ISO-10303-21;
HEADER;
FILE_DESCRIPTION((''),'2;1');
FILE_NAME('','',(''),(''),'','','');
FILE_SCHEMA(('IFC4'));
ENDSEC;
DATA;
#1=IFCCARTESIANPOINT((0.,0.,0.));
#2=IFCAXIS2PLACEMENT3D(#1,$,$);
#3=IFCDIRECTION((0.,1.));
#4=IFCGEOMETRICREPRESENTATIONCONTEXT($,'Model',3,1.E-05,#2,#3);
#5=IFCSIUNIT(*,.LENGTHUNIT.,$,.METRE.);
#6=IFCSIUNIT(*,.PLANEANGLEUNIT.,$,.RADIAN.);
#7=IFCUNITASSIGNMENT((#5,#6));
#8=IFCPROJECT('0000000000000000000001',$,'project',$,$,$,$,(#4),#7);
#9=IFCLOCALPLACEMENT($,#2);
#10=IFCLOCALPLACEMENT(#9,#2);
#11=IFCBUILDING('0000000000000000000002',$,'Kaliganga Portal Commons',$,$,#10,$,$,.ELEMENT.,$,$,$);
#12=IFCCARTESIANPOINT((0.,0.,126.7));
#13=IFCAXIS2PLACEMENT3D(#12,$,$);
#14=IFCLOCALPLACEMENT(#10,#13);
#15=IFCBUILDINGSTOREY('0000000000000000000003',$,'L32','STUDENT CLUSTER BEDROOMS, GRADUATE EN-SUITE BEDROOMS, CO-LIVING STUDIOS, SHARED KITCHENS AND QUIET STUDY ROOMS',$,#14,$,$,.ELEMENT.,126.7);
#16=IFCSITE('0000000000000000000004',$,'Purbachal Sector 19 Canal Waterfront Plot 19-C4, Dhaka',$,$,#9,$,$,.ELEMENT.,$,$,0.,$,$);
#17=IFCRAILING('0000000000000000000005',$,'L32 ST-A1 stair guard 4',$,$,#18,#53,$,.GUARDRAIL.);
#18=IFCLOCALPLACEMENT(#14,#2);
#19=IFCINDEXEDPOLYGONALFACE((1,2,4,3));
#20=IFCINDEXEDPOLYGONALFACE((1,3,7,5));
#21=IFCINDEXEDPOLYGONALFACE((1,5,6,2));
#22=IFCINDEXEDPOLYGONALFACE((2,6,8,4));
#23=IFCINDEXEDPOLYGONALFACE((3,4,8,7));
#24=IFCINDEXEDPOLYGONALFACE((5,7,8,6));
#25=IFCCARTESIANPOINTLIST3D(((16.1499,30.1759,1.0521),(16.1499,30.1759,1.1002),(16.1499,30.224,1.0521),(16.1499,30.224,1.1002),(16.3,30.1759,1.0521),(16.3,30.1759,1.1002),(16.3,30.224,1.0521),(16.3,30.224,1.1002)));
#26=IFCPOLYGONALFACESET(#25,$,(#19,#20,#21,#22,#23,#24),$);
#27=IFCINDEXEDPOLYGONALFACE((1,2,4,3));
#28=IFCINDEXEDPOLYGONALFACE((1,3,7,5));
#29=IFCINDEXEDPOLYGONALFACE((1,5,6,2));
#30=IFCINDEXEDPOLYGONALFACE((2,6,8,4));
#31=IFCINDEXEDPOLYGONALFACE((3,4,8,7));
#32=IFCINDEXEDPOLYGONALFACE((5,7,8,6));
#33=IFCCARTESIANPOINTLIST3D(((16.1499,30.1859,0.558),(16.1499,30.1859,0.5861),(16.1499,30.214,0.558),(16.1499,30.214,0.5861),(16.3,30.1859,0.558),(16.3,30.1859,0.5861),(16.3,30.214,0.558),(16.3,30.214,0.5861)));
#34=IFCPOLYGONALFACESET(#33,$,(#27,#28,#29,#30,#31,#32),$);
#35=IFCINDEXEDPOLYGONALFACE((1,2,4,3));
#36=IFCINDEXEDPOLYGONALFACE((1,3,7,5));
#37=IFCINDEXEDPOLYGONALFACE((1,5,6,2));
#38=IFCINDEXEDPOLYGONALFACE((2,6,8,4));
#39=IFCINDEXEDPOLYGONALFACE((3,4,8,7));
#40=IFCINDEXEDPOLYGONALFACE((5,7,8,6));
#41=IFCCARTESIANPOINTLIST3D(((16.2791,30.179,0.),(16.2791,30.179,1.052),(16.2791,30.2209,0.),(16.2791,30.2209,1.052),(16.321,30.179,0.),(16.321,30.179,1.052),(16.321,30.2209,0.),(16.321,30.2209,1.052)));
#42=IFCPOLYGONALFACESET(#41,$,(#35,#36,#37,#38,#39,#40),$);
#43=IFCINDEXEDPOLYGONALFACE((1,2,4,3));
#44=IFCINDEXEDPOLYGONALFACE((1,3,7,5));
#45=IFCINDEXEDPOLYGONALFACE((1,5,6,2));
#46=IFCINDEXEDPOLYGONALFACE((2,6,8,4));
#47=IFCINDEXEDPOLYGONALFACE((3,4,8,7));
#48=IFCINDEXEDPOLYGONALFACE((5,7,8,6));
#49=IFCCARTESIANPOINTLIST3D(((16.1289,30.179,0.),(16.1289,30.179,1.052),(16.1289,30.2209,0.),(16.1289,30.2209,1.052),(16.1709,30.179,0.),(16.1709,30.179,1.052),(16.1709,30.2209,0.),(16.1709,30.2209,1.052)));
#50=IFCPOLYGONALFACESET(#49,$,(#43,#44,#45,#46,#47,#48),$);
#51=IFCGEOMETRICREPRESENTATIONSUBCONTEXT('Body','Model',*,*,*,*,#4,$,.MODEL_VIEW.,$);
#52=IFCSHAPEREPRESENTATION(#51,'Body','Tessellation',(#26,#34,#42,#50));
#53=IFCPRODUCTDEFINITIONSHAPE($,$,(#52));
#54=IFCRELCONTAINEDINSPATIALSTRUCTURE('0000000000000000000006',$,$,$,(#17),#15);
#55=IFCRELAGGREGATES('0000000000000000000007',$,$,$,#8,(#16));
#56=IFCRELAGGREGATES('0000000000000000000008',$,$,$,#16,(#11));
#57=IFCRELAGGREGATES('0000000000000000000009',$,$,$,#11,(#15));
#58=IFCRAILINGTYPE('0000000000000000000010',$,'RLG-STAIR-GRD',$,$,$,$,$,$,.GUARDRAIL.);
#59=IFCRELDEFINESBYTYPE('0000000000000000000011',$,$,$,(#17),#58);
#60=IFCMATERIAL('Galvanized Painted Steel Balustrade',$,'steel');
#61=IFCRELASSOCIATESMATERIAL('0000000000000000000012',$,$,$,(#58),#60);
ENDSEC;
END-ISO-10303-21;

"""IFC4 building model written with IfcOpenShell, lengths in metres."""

from ifc_helpers import new_model, si_unit, direction, frame, origin, origin_2d, place, context, subcontext, project, spatial, rectangle, extrude, material, type_object, element, save


model = new_model("IFC4")

# Units and contexts
model_context = context("Model", 3, precision=1e-05, world=origin(), true_north=direction((0.0, 1.0)))
body_context = subcontext(model_context, "Body", "Model", "MODEL_VIEW")
ifc_project = project(units=[si_unit("LENGTHUNIT", "METRE"), si_unit("PLANEANGLEUNIT", "RADIAN")], contexts=[model_context])

# Site, building, storey
site_placement = place(None, origin())
site = spatial("IfcSite", under=ifc_project, at=site_placement, Name="Purbachal Sector 19 Canal Waterfront Plot 19-C4, Dhaka", CompositionType="ELEMENT", RefElevation=0.0)
building_placement = place(site_placement, origin())
building = spatial("IfcBuilding", under=site, at=building_placement, Name="Kaliganga Portal Commons", CompositionType="ELEMENT")
storey_placement = place(building_placement, frame((0.0, 0.0, 126.7)))
storey = spatial("IfcBuildingStorey", under=building, at=storey_placement, Name="L32", Description="STUDENT CLUSTER BEDROOMS, GRADUATE EN-SUITE BEDROOMS, CO-LIVING STUDIOS, SHARED KITCHENS AND QUIET STUDY ROOMS", CompositionType="ELEMENT", Elevation=126.7)

# Railing
ifc_material_1 = material(Name="Galvanized Painted Steel Balustrade", Category="steel")
railing_type = type_object("IfcRailingType", Name="RLG-STAIR-GRD", PredefinedType="GUARDRAIL", material=ifc_material_1)
railing_placement = place(storey_placement, frame((16.3, 30.2, 0.0)))
element("IfcRailing", 1, at=railing_placement, inside=storey, type_object=railing_type, Name="L32 ST-A1 stair guard 4", PredefinedType="GUARDRAIL", context=body_context, shape_type="SweptSolid", body=[
    extrude(rectangle(XDim=0.0481, YDim=0.0481, at=origin_2d()), frame((0.0, 0.0, 1.0762), z_axis=(-1.0, 0.0, 0.0), x_axis=(0.0, -1.0, 0.0)), (0.0, 0.0, 1.0), 0.1501),
    extrude(rectangle(XDim=0.0281, YDim=0.0281, at=origin_2d()), frame((0.0, 0.0, 0.572), z_axis=(-1.0, 0.0, 0.0), x_axis=(0.0, -1.0, 0.0)), (0.0, 0.0, 1.0), 0.1501),
    extrude(rectangle(XDim=0.042, YDim=0.042, at=origin_2d()), origin(), (0.0, 0.0, 1.0), 1.052),
    extrude(rectangle(XDim=0.042, YDim=0.042, at=origin_2d()), frame((-0.1501, 0.0, 0.0)), (0.0, 0.0, 1.0), 1.052),
])

save(model, "model.ifc")
